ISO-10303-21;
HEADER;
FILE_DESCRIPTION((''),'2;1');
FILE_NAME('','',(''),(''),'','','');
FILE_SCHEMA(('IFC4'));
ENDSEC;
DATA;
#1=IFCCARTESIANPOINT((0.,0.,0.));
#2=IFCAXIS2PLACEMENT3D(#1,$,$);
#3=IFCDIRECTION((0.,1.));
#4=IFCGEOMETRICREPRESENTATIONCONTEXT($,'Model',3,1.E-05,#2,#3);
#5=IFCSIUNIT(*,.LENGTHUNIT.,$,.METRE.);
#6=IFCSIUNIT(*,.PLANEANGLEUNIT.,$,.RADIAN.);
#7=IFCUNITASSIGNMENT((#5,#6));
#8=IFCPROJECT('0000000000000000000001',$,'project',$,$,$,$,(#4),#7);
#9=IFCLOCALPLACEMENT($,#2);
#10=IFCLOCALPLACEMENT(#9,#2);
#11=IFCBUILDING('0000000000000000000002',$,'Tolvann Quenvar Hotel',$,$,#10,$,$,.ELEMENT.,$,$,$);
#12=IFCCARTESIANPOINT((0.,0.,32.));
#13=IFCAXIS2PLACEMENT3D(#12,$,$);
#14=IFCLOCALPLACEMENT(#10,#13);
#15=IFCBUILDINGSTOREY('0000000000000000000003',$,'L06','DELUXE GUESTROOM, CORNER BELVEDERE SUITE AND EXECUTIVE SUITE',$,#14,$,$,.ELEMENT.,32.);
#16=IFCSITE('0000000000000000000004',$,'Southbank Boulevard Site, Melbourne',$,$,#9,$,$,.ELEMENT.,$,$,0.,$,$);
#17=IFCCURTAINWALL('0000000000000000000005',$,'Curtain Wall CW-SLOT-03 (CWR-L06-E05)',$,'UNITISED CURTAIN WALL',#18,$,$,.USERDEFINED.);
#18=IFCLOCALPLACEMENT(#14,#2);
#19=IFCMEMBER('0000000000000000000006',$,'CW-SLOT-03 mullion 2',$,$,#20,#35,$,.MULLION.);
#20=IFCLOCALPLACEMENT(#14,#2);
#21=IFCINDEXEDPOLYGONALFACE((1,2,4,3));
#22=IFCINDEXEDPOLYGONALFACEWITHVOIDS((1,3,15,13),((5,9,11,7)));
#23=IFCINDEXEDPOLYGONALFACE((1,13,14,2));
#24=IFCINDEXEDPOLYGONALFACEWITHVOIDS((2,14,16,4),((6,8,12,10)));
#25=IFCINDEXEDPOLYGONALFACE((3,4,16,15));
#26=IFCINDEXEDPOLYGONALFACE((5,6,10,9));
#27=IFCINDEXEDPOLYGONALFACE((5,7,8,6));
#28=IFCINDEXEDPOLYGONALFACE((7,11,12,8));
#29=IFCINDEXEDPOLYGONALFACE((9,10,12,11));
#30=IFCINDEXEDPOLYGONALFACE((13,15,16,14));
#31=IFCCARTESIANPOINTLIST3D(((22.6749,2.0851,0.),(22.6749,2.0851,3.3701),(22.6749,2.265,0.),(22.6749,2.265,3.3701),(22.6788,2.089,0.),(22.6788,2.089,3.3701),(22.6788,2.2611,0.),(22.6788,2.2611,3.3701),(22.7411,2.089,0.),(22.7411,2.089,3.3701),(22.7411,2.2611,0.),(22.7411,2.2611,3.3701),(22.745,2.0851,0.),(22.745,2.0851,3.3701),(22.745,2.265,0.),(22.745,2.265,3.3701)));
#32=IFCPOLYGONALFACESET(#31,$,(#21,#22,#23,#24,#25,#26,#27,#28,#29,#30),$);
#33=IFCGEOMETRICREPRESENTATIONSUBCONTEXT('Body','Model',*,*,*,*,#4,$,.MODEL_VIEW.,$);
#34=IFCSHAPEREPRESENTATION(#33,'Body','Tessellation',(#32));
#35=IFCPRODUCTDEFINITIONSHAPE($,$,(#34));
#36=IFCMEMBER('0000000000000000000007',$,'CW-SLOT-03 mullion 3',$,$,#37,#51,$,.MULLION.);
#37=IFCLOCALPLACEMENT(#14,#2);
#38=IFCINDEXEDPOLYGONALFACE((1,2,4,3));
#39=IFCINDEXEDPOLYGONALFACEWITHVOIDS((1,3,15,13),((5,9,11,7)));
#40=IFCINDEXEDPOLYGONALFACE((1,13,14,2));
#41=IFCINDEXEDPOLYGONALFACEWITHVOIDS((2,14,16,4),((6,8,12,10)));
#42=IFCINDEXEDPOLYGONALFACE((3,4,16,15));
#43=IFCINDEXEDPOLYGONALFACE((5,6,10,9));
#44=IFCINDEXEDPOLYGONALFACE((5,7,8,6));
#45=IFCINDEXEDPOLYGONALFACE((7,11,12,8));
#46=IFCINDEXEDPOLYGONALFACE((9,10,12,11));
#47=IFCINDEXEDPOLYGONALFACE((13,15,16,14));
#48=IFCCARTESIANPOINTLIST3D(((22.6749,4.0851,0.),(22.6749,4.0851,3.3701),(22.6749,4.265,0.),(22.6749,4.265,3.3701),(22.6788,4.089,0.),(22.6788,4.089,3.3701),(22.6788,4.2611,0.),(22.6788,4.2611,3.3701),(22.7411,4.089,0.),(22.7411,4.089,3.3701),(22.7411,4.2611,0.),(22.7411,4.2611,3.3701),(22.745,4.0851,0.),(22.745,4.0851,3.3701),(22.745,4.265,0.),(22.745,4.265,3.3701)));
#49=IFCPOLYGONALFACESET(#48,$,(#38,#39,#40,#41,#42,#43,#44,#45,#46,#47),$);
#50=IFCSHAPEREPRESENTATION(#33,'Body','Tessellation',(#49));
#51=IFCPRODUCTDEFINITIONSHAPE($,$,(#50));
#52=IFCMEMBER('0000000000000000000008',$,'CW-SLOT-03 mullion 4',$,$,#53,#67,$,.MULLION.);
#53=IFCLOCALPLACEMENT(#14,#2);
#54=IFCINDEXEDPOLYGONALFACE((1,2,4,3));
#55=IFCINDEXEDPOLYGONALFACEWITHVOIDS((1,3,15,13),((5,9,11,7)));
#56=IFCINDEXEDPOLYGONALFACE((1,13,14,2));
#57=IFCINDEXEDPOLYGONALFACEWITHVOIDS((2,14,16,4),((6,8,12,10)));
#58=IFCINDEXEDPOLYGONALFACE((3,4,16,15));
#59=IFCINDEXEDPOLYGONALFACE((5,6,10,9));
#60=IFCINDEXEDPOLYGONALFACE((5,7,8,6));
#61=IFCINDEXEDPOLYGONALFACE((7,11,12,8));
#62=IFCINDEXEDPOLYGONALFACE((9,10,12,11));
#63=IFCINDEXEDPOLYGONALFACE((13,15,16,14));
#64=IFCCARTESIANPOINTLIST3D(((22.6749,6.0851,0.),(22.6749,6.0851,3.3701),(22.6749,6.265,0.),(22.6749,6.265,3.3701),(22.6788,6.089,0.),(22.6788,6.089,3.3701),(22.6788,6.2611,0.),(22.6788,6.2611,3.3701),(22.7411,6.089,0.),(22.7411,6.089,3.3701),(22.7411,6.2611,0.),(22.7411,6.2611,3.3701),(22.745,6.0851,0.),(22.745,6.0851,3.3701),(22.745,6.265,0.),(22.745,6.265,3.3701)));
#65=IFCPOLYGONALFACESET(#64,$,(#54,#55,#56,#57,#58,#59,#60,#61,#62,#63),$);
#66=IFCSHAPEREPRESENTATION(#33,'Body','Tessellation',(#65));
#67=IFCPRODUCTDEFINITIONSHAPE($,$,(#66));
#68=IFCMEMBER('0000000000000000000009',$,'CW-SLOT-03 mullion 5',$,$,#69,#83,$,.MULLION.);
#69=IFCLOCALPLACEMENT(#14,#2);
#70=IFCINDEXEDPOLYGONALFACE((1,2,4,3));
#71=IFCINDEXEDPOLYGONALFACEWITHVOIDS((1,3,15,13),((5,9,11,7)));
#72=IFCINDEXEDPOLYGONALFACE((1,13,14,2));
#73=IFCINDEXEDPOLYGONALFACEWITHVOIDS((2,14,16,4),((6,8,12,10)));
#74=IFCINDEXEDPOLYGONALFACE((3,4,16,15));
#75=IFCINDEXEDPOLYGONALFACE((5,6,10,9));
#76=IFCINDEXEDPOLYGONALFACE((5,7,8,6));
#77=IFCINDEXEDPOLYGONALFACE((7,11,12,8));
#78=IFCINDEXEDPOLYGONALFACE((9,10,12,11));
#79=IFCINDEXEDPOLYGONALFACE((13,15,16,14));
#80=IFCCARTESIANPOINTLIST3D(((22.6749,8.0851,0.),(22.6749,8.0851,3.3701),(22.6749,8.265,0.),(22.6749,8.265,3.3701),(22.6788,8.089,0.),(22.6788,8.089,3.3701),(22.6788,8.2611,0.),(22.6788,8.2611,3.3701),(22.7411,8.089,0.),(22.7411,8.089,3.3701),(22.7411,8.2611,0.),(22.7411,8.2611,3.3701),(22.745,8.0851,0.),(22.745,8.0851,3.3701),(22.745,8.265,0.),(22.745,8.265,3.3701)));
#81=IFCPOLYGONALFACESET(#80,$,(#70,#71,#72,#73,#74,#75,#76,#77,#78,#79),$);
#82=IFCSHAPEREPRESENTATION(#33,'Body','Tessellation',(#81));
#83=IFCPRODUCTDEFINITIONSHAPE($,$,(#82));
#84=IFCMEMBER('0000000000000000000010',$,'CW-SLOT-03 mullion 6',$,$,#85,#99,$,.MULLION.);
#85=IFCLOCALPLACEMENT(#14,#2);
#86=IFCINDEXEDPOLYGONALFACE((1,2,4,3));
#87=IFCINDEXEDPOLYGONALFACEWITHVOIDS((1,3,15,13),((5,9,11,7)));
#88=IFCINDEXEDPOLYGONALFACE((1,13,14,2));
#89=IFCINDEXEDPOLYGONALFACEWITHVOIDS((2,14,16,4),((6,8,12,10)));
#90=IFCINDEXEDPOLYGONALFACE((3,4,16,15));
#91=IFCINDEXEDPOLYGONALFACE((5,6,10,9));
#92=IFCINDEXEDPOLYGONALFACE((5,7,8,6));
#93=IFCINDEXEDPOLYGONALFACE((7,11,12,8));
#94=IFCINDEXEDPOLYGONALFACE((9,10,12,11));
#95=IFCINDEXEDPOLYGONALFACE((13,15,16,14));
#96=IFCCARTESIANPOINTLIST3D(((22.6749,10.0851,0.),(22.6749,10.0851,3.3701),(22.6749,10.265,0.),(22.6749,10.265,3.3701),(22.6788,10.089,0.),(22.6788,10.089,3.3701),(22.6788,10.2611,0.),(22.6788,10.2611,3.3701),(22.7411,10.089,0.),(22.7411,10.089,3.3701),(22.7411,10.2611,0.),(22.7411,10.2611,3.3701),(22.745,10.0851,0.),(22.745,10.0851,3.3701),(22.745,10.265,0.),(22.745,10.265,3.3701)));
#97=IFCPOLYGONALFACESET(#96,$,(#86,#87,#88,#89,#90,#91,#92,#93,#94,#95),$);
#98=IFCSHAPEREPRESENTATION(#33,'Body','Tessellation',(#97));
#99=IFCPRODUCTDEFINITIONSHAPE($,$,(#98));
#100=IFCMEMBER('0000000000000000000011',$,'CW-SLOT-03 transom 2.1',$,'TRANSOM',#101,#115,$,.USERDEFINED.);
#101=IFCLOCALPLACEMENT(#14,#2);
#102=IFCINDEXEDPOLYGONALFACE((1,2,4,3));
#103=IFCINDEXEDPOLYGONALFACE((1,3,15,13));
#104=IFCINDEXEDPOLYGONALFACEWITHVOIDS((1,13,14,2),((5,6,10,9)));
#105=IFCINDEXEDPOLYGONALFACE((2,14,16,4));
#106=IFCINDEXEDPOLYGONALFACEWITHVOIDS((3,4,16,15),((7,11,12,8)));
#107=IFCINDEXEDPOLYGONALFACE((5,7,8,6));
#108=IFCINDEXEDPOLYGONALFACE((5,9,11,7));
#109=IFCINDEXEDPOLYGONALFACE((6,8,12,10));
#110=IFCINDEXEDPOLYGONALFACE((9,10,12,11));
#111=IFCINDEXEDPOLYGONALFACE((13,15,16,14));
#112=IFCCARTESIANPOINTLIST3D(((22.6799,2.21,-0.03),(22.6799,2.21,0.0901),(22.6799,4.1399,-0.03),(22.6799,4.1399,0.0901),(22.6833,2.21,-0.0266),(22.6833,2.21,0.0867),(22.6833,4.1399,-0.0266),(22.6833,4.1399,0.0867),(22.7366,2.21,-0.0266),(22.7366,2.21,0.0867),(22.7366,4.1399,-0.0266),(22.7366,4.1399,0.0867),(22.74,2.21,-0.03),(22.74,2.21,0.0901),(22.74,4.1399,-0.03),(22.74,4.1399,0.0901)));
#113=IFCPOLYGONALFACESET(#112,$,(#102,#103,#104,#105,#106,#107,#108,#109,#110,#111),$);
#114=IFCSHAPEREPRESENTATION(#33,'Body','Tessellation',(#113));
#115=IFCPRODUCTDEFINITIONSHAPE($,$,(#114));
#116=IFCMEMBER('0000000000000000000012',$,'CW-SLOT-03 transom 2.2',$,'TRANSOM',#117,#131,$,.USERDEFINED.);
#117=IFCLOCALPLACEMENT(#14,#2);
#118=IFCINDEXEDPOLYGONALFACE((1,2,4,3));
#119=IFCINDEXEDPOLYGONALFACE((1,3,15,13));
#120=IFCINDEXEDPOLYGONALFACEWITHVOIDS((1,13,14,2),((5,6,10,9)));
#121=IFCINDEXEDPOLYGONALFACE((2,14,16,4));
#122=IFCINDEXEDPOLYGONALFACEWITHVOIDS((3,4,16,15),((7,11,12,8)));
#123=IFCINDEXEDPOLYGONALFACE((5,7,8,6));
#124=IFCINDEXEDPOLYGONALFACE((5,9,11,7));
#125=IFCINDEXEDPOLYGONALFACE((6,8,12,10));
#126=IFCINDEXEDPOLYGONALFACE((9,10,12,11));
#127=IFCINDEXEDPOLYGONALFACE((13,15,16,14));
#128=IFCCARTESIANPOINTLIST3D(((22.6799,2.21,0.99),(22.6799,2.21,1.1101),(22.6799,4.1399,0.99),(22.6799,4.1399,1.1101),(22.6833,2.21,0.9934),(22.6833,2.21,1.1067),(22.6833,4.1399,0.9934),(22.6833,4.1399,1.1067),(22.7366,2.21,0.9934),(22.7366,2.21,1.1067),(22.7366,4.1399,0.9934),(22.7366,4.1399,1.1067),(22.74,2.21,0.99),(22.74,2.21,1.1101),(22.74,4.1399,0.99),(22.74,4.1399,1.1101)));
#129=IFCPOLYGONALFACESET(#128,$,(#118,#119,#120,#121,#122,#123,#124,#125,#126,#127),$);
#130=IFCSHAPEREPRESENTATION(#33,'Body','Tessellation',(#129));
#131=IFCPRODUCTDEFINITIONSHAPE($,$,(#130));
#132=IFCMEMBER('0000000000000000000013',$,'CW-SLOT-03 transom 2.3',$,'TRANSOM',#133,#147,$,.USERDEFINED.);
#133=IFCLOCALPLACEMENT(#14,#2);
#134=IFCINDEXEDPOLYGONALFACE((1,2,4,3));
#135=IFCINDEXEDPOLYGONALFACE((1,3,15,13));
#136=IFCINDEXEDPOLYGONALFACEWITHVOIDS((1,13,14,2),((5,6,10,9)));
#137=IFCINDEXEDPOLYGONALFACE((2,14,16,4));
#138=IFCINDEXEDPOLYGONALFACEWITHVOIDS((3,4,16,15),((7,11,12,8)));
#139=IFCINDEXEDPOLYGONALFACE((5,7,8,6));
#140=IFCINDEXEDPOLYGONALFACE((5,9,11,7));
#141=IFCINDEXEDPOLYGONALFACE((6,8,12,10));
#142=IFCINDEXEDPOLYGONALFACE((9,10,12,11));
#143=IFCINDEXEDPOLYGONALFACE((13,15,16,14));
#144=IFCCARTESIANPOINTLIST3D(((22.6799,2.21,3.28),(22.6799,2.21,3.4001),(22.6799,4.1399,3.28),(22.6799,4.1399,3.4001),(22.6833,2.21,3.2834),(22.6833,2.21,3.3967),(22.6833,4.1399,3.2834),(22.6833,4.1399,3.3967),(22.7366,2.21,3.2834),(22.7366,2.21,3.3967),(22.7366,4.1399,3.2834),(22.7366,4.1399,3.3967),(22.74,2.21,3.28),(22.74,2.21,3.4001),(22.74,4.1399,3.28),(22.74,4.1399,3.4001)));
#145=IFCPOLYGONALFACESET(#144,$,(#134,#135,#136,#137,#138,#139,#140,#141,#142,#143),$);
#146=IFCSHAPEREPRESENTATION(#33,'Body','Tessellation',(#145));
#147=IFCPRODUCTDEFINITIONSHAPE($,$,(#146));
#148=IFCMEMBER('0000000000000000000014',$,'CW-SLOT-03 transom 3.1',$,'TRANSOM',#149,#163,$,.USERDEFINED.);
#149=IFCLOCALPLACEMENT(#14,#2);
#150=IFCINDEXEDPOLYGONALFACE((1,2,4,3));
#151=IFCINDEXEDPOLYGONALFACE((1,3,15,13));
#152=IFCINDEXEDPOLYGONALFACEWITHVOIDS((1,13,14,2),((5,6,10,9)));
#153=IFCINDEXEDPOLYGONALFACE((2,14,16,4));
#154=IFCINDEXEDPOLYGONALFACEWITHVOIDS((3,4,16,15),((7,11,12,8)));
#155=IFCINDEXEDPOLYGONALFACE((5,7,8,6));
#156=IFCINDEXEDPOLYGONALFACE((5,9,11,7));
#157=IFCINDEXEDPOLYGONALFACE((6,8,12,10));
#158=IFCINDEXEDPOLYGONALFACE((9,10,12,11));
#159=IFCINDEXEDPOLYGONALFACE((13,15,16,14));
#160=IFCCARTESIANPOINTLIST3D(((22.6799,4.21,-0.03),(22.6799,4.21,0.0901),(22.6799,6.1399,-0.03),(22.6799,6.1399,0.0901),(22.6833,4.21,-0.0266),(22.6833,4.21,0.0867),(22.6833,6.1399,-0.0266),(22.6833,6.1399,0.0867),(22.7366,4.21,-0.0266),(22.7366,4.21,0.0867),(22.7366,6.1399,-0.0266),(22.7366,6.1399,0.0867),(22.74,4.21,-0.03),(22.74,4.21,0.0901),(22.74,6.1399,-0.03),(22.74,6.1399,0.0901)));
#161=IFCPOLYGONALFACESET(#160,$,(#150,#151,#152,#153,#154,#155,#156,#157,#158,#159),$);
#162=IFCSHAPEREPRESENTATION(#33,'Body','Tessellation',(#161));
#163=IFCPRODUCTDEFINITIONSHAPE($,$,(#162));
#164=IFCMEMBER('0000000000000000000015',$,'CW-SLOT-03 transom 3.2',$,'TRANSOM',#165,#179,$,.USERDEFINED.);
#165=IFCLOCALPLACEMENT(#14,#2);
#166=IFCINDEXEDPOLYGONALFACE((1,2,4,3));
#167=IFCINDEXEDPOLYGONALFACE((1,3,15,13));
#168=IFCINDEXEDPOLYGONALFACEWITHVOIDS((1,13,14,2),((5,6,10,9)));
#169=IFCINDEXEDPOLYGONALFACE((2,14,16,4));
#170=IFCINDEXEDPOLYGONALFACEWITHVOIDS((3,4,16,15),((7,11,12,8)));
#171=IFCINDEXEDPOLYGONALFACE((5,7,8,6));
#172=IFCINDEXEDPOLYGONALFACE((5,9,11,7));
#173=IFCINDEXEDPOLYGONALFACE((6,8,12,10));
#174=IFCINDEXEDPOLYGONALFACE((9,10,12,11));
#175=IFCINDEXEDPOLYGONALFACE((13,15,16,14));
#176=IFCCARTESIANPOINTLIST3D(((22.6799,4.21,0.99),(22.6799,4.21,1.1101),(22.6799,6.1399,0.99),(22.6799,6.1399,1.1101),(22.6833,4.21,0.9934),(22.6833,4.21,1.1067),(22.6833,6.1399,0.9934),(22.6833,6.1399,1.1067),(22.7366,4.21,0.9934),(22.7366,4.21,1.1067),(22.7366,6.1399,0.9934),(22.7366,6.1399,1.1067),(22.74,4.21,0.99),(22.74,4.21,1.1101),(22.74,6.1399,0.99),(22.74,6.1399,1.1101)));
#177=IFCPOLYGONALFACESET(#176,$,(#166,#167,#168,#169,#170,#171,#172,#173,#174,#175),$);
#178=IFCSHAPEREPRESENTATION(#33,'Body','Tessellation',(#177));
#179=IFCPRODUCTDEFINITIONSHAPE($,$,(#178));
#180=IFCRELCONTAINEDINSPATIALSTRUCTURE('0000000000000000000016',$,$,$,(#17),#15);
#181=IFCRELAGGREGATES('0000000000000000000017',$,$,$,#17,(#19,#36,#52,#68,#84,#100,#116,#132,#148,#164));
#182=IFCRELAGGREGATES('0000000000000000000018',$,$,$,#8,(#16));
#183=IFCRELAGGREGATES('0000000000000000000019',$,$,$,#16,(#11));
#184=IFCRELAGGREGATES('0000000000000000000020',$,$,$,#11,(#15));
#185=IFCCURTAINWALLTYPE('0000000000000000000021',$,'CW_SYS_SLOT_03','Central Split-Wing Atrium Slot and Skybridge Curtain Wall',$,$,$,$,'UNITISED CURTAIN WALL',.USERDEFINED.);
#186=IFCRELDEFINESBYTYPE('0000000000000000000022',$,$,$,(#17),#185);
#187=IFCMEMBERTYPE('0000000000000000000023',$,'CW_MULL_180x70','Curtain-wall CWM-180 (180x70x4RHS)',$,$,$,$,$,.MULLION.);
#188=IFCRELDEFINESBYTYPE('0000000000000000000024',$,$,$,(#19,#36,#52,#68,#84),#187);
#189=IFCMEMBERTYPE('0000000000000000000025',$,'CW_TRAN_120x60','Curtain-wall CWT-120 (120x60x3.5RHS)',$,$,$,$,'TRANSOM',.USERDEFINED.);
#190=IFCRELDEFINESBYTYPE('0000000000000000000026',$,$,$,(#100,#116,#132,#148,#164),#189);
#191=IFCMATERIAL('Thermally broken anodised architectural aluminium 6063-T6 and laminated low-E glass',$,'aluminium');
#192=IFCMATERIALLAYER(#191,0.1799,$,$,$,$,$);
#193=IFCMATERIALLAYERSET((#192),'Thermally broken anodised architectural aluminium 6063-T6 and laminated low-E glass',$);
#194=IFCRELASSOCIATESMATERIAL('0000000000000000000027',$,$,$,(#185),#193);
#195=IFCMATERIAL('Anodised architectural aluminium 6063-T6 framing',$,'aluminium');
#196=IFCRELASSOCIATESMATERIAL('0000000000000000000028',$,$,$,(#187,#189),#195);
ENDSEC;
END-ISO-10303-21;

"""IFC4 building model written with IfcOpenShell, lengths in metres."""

from ifc_helpers import new_model, si_unit, direction, frame, origin, origin_2d, place, context, subcontext, project, spatial, hollow_rectangle, extrude, source, transform, mapped, material, layer, layer_set, material_profile, profile_set, type_object, type_shapes, element, aggregate, save


model = new_model("IFC4")

# Units and contexts
model_context = context("Model", 3, precision=1e-05, world=origin(), true_north=direction((0.0, 1.0)))
body_context = subcontext(model_context, "Body", "Model", "MODEL_VIEW")
ifc_project = project(units=[si_unit("LENGTHUNIT", "METRE"), si_unit("PLANEANGLEUNIT", "RADIAN")], contexts=[model_context])

# Site, building, storey
site_placement = place(None, origin())
site = spatial("IfcSite", under=ifc_project, at=site_placement, Name="Southbank Boulevard Site, Melbourne", CompositionType="ELEMENT", RefElevation=0.0)
building_placement = place(site_placement, origin())
building = spatial("IfcBuilding", under=site, at=building_placement, Name="Tolvann Quenvar Hotel", CompositionType="ELEMENT")
storey_placement = place(building_placement, frame((0.0, 0.0, 32.0)))
storey = spatial("IfcBuildingStorey", under=building, at=storey_placement, Name="L06", Description="DELUXE GUESTROOM, CORNER BELVEDERE SUITE AND EXECUTIVE SUITE", CompositionType="ELEMENT", Elevation=32.0)

# Curtain wall, members
ifc_material_1 = material(Name="Thermally broken anodised architectural aluminium 6063-T6 and laminated low-E glass", Category="aluminium")
ifc_layer_1 = layer(ifc_material_1, 0.1799)
ifc_layer_set_1 = layer_set([ifc_layer_1], Name="Thermally broken anodised architectural aluminium 6063-T6 and laminated low-E glass")
curtain_wall_type = type_object("IfcCurtainWallType", Name="CW_SYS_SLOT_03", Description="Central Split-Wing Atrium Slot and Skybridge Curtain Wall", ElementType="UNITISED CURTAIN WALL", PredefinedType="USERDEFINED", material=ifc_layer_set_1)
curtain_wall_placement = place(storey_placement, origin())
curtain_wall = element("IfcCurtainWall", 1, at=curtain_wall_placement, inside=storey, type_object=curtain_wall_type, Name="Curtain Wall CW-SLOT-03 (CWR-L06-E05)", ObjectType="UNITISED CURTAIN WALL", PredefinedType="USERDEFINED")
ifc_material_2 = material(Name="Anodised architectural aluminium 6063-T6 framing", Category="aluminium")
ifc_material_profile_1 = material_profile(ifc_material_2, hollow_rectangle(XDim=0.0701, YDim=0.1799, WallThickness=0.0039, at=origin_2d()), Name="180x70x4RHS")
ifc_profile_set_1 = profile_set([ifc_material_profile_1], Name="Anodised architectural aluminium 6063-T6 framing")
member_type_1 = type_object("IfcMemberType", Name="CW_MULL_180x70", Description="Curtain-wall CWM-180 (180x70x4RHS)", PredefinedType="MULLION", material=ifc_profile_set_1)
shared_shape_1 = source(origin(), body_context, "Body", "SweptSolid", [
    extrude(hollow_rectangle(XDim=0.0701, YDim=0.1799, WallThickness=0.0039, at=origin_2d()), origin(), (0.0, 0.0, 1.0), 3.3701),
])
type_shapes(member_type_1, [shared_shape_1])
member_1_placement = place(storey_placement, frame((22.71, 2.175, 0.0), z_axis=(0.0, 0.0, 1.0), x_axis=(-1.0, 0.0, 0.0)))
member_1 = element("IfcMember", 2, at=member_1_placement, type_object=member_type_1, Name="CW-SLOT-03 mullion 2", PredefinedType="MULLION", context=body_context, shape_type="MappedRepresentation", body=[
    mapped(shared_shape_1, transform((0.0, 0.0, 0.0), x_axis=(1.0, 0.0, 0.0), y_axis=(0.0, 1.0, 0.0), z_axis=(0.0, 0.0, 1.0), scale=1.0)),
])
member_2_placement = place(storey_placement, frame((22.71, 4.175, 0.0), z_axis=(0.0, 0.0, 1.0), x_axis=(-1.0, 0.0, 0.0)))
member_2 = element("IfcMember", 3, at=member_2_placement, type_object=member_type_1, Name="CW-SLOT-03 mullion 3", PredefinedType="MULLION", context=body_context, shape_type="MappedRepresentation", body=[
    mapped(shared_shape_1, transform((0.0, 0.0, 0.0), x_axis=(1.0, 0.0, 0.0), y_axis=(0.0, 1.0, 0.0), z_axis=(0.0, 0.0, 1.0), scale=1.0)),
])
member_3_placement = place(storey_placement, frame((22.71, 6.175, 0.0), z_axis=(0.0, 0.0, 1.0), x_axis=(-1.0, 0.0, 0.0)))
member_3 = element("IfcMember", 4, at=member_3_placement, type_object=member_type_1, Name="CW-SLOT-03 mullion 4", PredefinedType="MULLION", context=body_context, shape_type="MappedRepresentation", body=[
    mapped(shared_shape_1, transform((0.0, 0.0, 0.0), x_axis=(1.0, 0.0, 0.0), y_axis=(0.0, 1.0, 0.0), z_axis=(0.0, 0.0, 1.0), scale=1.0)),
])
member_4_placement = place(storey_placement, frame((22.71, 8.175, 0.0), z_axis=(0.0, 0.0, 1.0), x_axis=(-1.0, 0.0, 0.0)))
member_4 = element("IfcMember", 5, at=member_4_placement, type_object=member_type_1, Name="CW-SLOT-03 mullion 5", PredefinedType="MULLION", context=body_context, shape_type="MappedRepresentation", body=[
    mapped(shared_shape_1, transform((0.0, 0.0, 0.0), x_axis=(1.0, 0.0, 0.0), y_axis=(0.0, 1.0, 0.0), z_axis=(0.0, 0.0, 1.0), scale=1.0)),
])
member_5_placement = place(storey_placement, frame((22.71, 10.175, 0.0), z_axis=(0.0, 0.0, 1.0), x_axis=(-1.0, 0.0, 0.0)))
member_5 = element("IfcMember", 6, at=member_5_placement, type_object=member_type_1, Name="CW-SLOT-03 mullion 6", PredefinedType="MULLION", context=body_context, shape_type="MappedRepresentation", body=[
    mapped(shared_shape_1, transform((0.0, 0.0, 0.0), x_axis=(1.0, 0.0, 0.0), y_axis=(0.0, 1.0, 0.0), z_axis=(0.0, 0.0, 1.0), scale=1.0)),
])
ifc_material_profile_2 = material_profile(ifc_material_2, hollow_rectangle(XDim=0.0601, YDim=0.1201, WallThickness=0.0034, at=origin_2d()), Name="120x60x3.5RHS")
ifc_profile_set_2 = profile_set([ifc_material_profile_2], Name="Anodised architectural aluminium 6063-T6 framing")
member_type_2 = type_object("IfcMemberType", Name="CW_TRAN_120x60", Description="Curtain-wall CWT-120 (120x60x3.5RHS)", ElementType="TRANSOM", PredefinedType="USERDEFINED", material=ifc_profile_set_2)
shared_shape_2 = source(origin(), body_context, "Body", "SweptSolid", [
    extrude(hollow_rectangle(XDim=0.0601, YDim=0.1201, WallThickness=0.0034, at=origin_2d()), origin(), (0.0, 0.0, 1.0), 1.9299),
])
type_shapes(member_type_2, [shared_shape_2])
member_6_placement = place(storey_placement, frame((22.71, 2.21, 0.03), z_axis=(0.0, 1.0, 0.0), x_axis=(-1.0, 0.0, 0.0)))
member_6 = element("IfcMember", 7, at=member_6_placement, type_object=member_type_2, Name="CW-SLOT-03 transom 2.1", ObjectType="TRANSOM", PredefinedType="USERDEFINED", context=body_context, shape_type="MappedRepresentation", body=[
    mapped(shared_shape_2, transform((0.0, 0.0, 0.0), x_axis=(1.0, 0.0, 0.0), y_axis=(0.0, 1.0, 0.0), z_axis=(0.0, 0.0, 1.0), scale=1.0)),
])
member_7_placement = place(storey_placement, frame((22.71, 2.21, 1.05), z_axis=(0.0, 1.0, 0.0), x_axis=(-1.0, 0.0, 0.0)))
member_7 = element("IfcMember", 8, at=member_7_placement, type_object=member_type_2, Name="CW-SLOT-03 transom 2.2", ObjectType="TRANSOM", PredefinedType="USERDEFINED", context=body_context, shape_type="MappedRepresentation", body=[
    mapped(shared_shape_2, transform((0.0, 0.0, 0.0), x_axis=(1.0, 0.0, 0.0), y_axis=(0.0, 1.0, 0.0), z_axis=(0.0, 0.0, 1.0), scale=1.0)),
])
member_8_placement = place(storey_placement, frame((22.71, 2.21, 3.3401), z_axis=(0.0, 1.0, 0.0), x_axis=(-1.0, 0.0, 0.0)))
member_8 = element("IfcMember", 9, at=member_8_placement, type_object=member_type_2, Name="CW-SLOT-03 transom 2.3", ObjectType="TRANSOM", PredefinedType="USERDEFINED", context=body_context, shape_type="MappedRepresentation", body=[
    mapped(shared_shape_2, transform((0.0, 0.0, 0.0), x_axis=(1.0, 0.0, 0.0), y_axis=(0.0, 1.0, 0.0), z_axis=(0.0, 0.0, 1.0), scale=1.0)),
])
member_9_placement = place(storey_placement, frame((22.71, 4.21, 0.03), z_axis=(0.0, 1.0, 0.0), x_axis=(-1.0, 0.0, 0.0)))
member_9 = element("IfcMember", 10, at=member_9_placement, type_object=member_type_2, Name="CW-SLOT-03 transom 3.1", ObjectType="TRANSOM", PredefinedType="USERDEFINED", context=body_context, shape_type="MappedRepresentation", body=[
    mapped(shared_shape_2, transform((0.0, 0.0, 0.0), x_axis=(1.0, 0.0, 0.0), y_axis=(0.0, 1.0, 0.0), z_axis=(0.0, 0.0, 1.0), scale=1.0)),
])
member_10_placement = place(storey_placement, frame((22.71, 4.21, 1.05), z_axis=(0.0, 1.0, 0.0), x_axis=(-1.0, 0.0, 0.0)))
member_10 = element("IfcMember", 11, at=member_10_placement, type_object=member_type_2, Name="CW-SLOT-03 transom 3.2", ObjectType="TRANSOM", PredefinedType="USERDEFINED", context=body_context, shape_type="MappedRepresentation", body=[
    mapped(shared_shape_2, transform((0.0, 0.0, 0.0), x_axis=(1.0, 0.0, 0.0), y_axis=(0.0, 1.0, 0.0), z_axis=(0.0, 0.0, 1.0), scale=1.0)),
])
aggregate(curtain_wall, [member_1, member_2, member_3, member_4, member_5, member_6, member_7, member_8, member_9, member_10])

save(model, "model.ifc")
